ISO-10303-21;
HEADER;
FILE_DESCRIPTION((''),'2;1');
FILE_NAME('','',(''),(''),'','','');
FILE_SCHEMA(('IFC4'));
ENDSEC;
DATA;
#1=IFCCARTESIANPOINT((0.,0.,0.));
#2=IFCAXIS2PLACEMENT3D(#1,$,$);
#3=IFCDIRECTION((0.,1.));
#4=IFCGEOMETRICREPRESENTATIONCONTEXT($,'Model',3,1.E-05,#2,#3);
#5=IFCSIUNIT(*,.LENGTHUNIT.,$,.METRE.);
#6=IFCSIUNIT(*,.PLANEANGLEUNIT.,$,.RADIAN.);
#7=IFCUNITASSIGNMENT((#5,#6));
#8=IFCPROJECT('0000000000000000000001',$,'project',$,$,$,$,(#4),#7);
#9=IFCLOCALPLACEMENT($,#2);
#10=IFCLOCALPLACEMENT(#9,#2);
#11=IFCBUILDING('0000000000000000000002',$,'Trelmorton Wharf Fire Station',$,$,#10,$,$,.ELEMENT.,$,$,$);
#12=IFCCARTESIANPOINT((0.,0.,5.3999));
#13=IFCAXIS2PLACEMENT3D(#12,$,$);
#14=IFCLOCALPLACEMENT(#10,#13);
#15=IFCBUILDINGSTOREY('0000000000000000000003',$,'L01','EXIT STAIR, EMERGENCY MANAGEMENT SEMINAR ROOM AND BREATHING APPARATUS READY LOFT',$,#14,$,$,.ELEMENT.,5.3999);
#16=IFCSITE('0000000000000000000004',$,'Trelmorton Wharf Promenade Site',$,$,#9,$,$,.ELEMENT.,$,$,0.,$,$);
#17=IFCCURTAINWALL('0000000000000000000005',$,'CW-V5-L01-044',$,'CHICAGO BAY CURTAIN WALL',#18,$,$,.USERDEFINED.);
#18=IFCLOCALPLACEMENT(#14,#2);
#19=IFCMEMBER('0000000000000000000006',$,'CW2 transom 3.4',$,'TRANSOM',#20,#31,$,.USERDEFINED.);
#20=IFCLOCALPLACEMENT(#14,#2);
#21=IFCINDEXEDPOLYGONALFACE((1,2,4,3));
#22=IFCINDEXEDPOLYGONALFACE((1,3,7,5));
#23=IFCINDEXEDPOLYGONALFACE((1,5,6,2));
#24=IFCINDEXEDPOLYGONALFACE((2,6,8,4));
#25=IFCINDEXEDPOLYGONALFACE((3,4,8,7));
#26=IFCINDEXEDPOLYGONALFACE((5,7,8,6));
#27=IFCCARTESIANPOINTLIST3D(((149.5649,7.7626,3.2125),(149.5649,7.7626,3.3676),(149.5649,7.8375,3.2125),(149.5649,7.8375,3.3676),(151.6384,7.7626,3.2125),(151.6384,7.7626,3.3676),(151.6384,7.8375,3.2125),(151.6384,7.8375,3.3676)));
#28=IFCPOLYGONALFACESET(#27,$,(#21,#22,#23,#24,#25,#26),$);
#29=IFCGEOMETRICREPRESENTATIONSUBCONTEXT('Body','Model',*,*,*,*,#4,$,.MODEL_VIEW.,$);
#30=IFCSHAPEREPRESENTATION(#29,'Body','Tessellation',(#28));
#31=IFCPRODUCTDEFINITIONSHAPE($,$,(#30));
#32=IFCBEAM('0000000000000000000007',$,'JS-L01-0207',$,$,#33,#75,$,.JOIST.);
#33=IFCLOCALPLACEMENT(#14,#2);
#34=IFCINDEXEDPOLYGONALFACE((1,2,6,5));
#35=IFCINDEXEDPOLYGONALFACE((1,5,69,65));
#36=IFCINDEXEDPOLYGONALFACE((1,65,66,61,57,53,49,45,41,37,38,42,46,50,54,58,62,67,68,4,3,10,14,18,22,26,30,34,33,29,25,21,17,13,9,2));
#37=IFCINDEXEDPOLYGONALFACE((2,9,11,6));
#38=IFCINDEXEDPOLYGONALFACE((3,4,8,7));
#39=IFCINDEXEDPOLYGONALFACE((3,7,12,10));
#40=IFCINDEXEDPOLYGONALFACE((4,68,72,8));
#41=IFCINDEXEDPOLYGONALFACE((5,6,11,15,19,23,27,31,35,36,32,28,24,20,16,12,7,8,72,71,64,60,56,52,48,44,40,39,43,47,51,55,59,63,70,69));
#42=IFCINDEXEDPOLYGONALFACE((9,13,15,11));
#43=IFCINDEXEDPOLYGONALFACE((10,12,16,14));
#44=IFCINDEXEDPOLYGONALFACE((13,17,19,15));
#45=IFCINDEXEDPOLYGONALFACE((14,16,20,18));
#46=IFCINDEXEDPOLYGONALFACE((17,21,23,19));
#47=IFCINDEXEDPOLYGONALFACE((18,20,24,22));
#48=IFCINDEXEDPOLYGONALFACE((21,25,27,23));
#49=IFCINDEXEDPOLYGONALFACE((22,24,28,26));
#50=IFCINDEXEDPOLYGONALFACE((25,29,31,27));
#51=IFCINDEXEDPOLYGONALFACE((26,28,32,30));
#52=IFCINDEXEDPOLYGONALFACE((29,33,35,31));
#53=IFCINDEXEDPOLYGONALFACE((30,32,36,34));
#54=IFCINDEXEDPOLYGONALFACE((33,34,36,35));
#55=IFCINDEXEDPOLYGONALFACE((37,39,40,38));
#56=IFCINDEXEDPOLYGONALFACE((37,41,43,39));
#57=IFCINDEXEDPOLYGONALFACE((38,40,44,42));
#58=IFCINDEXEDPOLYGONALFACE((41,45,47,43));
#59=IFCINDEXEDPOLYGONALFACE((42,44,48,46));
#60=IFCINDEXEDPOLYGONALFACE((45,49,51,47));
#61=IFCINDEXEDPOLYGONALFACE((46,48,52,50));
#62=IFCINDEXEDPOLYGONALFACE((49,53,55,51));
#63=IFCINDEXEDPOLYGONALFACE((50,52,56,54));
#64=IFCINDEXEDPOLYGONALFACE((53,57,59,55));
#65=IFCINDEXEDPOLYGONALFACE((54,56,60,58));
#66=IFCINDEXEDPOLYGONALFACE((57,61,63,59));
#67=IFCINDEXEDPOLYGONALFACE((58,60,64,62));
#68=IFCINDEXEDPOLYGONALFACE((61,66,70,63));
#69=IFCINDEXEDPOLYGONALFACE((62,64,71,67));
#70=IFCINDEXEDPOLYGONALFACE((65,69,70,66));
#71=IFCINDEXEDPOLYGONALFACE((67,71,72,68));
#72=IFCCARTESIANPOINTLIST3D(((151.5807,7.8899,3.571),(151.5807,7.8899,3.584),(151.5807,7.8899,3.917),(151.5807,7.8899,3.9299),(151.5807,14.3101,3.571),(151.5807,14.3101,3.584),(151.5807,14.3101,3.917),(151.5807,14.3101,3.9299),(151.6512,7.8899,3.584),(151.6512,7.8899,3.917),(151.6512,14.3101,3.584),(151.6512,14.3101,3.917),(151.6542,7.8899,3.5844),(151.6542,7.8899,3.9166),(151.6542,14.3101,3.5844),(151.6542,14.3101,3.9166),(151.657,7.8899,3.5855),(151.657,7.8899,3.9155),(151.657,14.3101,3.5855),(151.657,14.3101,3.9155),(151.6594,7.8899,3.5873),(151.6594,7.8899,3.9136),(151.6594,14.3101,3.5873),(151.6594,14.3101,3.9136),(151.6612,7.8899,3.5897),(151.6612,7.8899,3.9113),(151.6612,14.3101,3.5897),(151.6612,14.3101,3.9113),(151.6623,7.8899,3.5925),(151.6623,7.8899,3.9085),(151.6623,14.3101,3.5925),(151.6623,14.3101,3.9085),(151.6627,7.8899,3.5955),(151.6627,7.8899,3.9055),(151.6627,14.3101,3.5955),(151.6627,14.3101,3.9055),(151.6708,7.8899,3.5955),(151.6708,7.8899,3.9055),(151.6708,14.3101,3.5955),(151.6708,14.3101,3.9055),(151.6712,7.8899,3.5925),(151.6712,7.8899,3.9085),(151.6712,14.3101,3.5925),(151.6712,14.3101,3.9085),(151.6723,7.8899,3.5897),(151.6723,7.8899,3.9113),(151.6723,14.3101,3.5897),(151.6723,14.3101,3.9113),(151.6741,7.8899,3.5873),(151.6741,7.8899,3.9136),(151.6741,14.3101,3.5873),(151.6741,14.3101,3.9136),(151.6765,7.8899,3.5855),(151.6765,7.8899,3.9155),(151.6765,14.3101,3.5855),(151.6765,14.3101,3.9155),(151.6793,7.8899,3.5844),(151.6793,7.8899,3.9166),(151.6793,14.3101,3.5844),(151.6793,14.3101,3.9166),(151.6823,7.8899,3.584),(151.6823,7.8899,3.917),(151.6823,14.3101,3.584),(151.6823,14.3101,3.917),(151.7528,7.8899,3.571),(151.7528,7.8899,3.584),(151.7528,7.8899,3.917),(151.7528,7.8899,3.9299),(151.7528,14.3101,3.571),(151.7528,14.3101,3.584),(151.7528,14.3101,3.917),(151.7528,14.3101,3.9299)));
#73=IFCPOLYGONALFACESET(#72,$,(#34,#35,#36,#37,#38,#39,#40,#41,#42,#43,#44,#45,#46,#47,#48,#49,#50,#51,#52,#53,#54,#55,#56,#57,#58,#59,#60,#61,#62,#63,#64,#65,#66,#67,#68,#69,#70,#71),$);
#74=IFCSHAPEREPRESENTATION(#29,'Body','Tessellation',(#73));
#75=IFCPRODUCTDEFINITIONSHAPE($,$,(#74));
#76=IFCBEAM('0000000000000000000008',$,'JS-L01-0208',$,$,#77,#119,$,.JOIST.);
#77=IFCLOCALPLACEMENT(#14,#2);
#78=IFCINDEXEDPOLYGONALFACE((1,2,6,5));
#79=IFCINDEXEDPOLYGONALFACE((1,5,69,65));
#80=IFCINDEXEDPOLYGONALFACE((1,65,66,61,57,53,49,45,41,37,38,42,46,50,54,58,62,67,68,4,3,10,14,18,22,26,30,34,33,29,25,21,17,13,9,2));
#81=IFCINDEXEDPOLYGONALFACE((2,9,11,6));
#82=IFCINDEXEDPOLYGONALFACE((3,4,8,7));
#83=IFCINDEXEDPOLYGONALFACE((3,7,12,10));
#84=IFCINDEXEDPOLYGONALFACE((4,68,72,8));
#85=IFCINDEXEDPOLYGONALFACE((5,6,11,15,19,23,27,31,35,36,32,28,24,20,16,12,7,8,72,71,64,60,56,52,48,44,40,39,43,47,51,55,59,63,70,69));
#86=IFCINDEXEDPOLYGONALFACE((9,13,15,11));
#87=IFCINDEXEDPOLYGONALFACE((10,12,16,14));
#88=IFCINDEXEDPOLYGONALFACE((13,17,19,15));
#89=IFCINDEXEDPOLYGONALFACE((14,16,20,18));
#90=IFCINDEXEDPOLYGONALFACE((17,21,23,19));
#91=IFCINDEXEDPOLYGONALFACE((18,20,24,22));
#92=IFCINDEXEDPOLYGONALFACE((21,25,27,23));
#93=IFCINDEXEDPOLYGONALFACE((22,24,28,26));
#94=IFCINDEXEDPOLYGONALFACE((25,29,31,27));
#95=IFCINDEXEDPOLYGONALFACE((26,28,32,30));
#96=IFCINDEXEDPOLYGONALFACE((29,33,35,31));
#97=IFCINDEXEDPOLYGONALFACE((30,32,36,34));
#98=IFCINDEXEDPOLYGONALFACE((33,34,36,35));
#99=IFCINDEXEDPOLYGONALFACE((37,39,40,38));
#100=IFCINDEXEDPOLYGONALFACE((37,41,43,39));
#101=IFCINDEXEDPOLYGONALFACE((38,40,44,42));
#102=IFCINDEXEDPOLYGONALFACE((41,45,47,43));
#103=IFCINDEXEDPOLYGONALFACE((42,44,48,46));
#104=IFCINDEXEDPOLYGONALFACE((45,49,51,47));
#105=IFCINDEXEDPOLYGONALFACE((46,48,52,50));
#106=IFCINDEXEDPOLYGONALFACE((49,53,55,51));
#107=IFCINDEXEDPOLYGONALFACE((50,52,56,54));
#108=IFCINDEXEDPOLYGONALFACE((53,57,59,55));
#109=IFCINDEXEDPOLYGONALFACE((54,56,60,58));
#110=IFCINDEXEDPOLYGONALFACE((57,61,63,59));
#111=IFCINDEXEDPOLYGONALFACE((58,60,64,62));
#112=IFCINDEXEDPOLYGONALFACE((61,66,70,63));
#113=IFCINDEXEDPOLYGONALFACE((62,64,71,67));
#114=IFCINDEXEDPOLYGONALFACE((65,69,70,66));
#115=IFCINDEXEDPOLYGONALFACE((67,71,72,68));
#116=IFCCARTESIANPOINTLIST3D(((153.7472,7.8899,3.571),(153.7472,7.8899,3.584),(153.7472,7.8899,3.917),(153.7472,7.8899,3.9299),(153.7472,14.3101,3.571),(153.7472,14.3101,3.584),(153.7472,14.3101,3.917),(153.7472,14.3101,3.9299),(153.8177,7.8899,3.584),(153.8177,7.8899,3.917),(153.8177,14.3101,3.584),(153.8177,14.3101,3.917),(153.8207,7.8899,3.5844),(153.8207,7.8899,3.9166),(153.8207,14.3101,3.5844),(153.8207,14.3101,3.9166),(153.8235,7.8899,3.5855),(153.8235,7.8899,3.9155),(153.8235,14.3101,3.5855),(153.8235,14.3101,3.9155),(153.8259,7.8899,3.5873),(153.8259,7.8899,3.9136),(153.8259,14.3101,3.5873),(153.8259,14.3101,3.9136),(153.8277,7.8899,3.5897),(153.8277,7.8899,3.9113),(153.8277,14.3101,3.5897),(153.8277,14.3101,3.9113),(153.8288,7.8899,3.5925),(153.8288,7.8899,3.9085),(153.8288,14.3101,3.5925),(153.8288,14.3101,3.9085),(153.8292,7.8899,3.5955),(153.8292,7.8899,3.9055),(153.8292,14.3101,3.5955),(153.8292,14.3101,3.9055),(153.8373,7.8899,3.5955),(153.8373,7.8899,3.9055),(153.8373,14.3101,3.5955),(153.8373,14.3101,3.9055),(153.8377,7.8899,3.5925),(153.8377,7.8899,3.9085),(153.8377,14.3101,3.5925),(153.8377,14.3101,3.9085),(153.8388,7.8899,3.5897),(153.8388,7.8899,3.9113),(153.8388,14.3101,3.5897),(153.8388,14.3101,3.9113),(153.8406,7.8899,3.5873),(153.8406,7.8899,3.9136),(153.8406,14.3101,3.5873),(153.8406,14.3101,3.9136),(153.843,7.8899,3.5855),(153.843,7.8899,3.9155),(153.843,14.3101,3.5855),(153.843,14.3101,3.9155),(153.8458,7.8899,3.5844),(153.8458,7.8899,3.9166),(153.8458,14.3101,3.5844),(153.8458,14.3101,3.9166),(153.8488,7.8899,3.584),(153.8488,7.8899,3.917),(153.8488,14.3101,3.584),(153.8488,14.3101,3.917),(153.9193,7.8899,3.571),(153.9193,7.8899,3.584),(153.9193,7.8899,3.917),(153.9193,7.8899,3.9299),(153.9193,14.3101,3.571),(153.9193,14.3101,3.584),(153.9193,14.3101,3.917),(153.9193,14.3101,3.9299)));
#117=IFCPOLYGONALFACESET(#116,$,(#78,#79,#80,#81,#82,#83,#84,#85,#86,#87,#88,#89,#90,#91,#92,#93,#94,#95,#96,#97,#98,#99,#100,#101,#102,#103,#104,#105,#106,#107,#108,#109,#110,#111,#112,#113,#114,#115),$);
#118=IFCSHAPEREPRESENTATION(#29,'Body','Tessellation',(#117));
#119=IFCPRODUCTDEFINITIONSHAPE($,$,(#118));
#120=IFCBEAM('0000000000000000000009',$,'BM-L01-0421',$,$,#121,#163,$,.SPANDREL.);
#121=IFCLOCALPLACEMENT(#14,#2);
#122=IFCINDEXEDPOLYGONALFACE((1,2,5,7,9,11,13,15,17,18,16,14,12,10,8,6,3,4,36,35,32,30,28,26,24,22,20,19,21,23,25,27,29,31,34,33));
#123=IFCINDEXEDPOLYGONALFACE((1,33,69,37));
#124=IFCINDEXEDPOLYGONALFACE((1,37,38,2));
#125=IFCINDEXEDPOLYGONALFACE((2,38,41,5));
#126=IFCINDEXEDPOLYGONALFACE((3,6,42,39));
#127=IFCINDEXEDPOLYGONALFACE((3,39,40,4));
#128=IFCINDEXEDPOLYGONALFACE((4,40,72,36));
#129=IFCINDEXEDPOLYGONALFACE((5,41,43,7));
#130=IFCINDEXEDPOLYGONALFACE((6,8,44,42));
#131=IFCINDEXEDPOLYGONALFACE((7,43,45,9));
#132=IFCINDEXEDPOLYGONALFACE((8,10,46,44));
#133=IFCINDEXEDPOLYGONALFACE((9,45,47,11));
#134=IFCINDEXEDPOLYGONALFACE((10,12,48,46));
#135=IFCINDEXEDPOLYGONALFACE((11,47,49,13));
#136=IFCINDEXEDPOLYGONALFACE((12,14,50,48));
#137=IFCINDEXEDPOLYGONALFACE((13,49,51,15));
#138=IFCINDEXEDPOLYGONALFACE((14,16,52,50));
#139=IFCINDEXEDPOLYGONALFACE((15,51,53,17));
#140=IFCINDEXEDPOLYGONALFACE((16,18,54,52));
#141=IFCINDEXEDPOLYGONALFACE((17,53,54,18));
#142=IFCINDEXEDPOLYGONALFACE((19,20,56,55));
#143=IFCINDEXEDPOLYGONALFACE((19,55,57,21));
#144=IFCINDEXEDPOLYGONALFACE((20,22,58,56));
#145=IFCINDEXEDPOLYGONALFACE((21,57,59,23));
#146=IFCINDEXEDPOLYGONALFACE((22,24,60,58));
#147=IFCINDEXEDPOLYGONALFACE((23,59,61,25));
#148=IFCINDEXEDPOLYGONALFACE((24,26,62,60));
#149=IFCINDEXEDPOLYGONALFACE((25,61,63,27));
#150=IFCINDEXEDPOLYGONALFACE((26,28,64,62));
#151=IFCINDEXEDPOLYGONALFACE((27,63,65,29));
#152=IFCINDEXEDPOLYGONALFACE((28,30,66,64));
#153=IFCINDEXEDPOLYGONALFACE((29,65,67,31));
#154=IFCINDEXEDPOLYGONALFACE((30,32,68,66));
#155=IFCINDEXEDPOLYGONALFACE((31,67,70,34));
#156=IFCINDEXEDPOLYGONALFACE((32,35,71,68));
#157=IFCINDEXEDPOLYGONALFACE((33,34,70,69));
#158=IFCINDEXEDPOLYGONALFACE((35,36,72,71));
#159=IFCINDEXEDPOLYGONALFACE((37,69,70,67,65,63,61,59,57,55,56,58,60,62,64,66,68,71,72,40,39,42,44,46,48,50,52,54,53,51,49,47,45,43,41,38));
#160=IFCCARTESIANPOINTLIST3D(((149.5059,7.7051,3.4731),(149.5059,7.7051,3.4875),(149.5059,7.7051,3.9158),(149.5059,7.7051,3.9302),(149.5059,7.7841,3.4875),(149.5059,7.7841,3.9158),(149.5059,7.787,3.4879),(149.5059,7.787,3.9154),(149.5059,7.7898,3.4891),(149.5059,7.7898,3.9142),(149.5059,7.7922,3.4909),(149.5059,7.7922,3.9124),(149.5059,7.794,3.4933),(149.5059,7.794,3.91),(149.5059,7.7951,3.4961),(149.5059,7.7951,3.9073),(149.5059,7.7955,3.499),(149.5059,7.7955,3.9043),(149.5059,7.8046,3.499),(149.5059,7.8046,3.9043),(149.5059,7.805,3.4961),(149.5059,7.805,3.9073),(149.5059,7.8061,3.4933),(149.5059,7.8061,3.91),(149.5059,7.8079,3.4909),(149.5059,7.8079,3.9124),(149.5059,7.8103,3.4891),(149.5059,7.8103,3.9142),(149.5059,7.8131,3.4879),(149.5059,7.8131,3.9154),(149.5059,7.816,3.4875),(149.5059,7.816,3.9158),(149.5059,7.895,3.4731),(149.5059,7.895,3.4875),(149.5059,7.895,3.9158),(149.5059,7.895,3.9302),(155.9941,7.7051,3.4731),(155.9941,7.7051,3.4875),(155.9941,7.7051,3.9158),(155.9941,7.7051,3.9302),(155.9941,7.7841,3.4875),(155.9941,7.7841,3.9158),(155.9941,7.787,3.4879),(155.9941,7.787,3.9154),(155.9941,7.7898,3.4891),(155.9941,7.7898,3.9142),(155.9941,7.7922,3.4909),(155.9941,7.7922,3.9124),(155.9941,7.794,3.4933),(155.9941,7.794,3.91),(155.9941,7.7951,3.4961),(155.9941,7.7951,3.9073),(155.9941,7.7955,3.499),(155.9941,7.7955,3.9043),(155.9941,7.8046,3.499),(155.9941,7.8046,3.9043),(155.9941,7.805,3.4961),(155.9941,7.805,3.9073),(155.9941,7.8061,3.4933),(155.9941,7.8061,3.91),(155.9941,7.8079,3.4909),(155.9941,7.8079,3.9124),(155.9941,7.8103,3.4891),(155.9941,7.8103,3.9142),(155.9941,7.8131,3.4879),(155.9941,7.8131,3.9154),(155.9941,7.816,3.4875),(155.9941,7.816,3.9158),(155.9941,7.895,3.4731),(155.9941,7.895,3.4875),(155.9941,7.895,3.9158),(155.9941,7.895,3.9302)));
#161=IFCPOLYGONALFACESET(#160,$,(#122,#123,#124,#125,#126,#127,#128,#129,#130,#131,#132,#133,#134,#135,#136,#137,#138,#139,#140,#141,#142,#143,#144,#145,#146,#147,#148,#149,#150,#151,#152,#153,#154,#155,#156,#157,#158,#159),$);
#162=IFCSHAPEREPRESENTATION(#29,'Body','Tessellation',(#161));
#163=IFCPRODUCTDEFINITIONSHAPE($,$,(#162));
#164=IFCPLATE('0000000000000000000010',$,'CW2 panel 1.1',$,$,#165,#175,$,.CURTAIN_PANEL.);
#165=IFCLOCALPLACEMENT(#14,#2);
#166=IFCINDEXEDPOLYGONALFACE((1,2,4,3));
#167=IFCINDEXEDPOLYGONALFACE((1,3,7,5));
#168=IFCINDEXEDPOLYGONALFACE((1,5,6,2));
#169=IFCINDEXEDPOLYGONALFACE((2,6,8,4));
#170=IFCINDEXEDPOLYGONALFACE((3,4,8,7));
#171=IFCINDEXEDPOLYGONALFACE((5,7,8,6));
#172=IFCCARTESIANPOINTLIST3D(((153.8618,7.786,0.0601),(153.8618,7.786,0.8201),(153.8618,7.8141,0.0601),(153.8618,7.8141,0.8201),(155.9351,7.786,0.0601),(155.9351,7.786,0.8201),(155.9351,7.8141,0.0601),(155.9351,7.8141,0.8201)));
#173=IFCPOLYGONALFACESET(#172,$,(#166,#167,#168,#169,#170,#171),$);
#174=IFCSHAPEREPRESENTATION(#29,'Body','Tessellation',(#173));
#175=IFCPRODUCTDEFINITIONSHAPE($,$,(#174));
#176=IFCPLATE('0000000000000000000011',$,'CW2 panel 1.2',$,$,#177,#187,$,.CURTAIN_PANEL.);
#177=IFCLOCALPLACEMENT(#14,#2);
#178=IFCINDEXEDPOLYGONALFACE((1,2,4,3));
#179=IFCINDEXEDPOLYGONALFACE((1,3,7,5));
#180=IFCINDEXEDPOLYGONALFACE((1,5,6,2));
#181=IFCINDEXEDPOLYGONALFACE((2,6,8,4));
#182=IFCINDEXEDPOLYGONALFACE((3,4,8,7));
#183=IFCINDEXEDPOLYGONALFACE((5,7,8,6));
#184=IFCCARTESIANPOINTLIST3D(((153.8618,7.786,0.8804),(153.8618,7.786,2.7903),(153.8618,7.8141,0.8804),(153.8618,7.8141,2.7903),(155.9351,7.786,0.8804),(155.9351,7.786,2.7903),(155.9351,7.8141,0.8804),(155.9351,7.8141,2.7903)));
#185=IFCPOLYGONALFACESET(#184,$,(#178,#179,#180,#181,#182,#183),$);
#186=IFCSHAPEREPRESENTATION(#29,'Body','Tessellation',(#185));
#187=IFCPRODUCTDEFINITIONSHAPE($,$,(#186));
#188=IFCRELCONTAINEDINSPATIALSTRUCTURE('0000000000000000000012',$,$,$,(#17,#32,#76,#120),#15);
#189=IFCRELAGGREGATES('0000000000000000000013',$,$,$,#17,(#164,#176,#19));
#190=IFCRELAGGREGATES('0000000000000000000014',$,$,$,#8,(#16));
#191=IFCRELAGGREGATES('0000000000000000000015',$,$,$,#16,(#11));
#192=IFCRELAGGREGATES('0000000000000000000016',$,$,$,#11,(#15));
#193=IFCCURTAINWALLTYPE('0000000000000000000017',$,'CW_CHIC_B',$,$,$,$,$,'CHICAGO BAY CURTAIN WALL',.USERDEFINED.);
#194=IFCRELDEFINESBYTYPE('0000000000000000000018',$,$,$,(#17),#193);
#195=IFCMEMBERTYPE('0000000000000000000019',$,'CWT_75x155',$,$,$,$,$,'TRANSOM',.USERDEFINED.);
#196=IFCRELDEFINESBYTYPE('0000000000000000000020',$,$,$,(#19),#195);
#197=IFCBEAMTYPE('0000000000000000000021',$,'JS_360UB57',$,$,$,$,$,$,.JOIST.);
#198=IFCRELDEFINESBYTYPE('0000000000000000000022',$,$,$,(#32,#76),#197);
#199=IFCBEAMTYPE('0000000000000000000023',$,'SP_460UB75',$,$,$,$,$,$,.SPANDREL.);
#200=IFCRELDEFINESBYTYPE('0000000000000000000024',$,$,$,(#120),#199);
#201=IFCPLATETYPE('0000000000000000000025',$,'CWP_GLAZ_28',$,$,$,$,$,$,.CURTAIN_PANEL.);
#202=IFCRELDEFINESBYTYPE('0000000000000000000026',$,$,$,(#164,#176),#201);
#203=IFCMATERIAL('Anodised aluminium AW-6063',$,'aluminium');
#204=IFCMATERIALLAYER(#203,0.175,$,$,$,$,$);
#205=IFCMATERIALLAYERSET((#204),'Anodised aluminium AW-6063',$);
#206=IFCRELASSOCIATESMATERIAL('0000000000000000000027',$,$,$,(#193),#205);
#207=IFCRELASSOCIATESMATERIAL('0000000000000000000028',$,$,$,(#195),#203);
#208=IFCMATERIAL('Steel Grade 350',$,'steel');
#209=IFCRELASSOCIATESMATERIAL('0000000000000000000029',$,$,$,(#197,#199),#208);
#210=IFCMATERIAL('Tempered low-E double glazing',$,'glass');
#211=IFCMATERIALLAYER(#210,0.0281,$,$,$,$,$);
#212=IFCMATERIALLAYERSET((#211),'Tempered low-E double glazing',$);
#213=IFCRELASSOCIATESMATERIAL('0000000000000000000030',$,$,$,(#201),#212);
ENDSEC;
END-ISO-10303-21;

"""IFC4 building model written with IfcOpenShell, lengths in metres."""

from ifc_helpers import new_model, si_unit, direction, frame, origin, origin_2d, place, context, subcontext, project, spatial, rectangle, i_section, extrude, material, layer, layer_set, material_profile, profile_set, type_object, element, aggregate, save


model = new_model("IFC4")

# Units and contexts
model_context = context("Model", 3, precision=1e-05, world=origin(), true_north=direction((0.0, 1.0)))
body_context = subcontext(model_context, "Body", "Model", "MODEL_VIEW")
ifc_project = project(units=[si_unit("LENGTHUNIT", "METRE"), si_unit("PLANEANGLEUNIT", "RADIAN")], contexts=[model_context])

# Site, building, storey
site_placement = place(None, origin())
site = spatial("IfcSite", under=ifc_project, at=site_placement, Name="Trelmorton Wharf Promenade Site", CompositionType="ELEMENT", RefElevation=0.0)
building_placement = place(site_placement, origin())
building = spatial("IfcBuilding", under=site, at=building_placement, Name="Trelmorton Wharf Fire Station", CompositionType="ELEMENT")
storey_placement = place(building_placement, frame((0.0, 0.0, 5.3999)))
storey = spatial("IfcBuildingStorey", under=building, at=storey_placement, Name="L01", Description="EXIT STAIR, EMERGENCY MANAGEMENT SEMINAR ROOM AND BREATHING APPARATUS READY LOFT", CompositionType="ELEMENT", Elevation=5.3999)

# Curtain wall, member
ifc_material_1 = material(Name="Anodised aluminium AW-6063", Category="aluminium")
ifc_layer_1 = layer(ifc_material_1, 0.175)
ifc_layer_set_1 = layer_set([ifc_layer_1], Name="Anodised aluminium AW-6063")
curtain_wall_type = type_object("IfcCurtainWallType", Name="CW_CHIC_B", ElementType="CHICAGO BAY CURTAIN WALL", PredefinedType="USERDEFINED", material=ifc_layer_set_1)
curtain_wall_placement = place(storey_placement, origin())
curtain_wall = element("IfcCurtainWall", 1, at=curtain_wall_placement, inside=storey, type_object=curtain_wall_type, Name="CW-V5-L01-044", ObjectType="CHICAGO BAY CURTAIN WALL", PredefinedType="USERDEFINED")
ifc_material_profile_1 = material_profile(ifc_material_1, rectangle(XDim=0.075, YDim=0.155, at=origin_2d()), Name="ALU-75x155")
ifc_profile_set_1 = profile_set([ifc_material_profile_1], Name="Anodised aluminium AW-6063")
member_type_1 = type_object("IfcMemberType", Name="CWT_75x155", ElementType="TRANSOM", PredefinedType="USERDEFINED", material=ifc_profile_set_1)
member_1_placement = place(storey_placement, frame((151.6384, 7.8, 3.29), z_axis=(-1.0, 0.0, 0.0), x_axis=(0.0, -1.0, 0.0)))
member_1 = element("IfcMember", 2, at=member_1_placement, type_object=member_type_1, Name="CW2 transom 3.4", ObjectType="TRANSOM", PredefinedType="USERDEFINED", context=body_context, shape_type="SweptSolid", body=[
    extrude(rectangle(XDim=0.075, YDim=0.155, at=origin_2d()), origin(), (0.0, 0.0, 1.0), 2.0735),
])

# Beams
ifc_material_2 = material(Name="Steel Grade 350", Category="steel")
ifc_material_profile_2 = material_profile(ifc_material_2, i_section(OverallWidth=0.1721, OverallDepth=0.3589, WebThickness=0.0081, FlangeThickness=0.0129, FilletRadius=0.0115, at=origin_2d()), Name="360UB56.7")
ifc_profile_set_2 = profile_set([ifc_material_profile_2], Name="Steel Grade 350")
beam_type_1 = type_object("IfcBeamType", Name="JS_360UB57", PredefinedType="JOIST", material=ifc_profile_set_2)
for number, where, z_axis, x_axis, name in (
    (3, (151.6667, 7.8899, 3.7505), (0.0, 1.0, 0.0), (-1.0, 0.0, 0.0), "JS-L01-0207"),
    (4, (153.8333, 7.8899, 3.7505), (0.0, 1.0, 0.0), (-1.0, 0.0, 0.0), "JS-L01-0208"),
):
    element("IfcBeam", number, at=place(storey_placement, frame(where, z_axis=z_axis, x_axis=x_axis)), inside=storey, type_object=beam_type_1, Name=name, PredefinedType="JOIST", context=body_context, shape_type="SweptSolid", body=[
        extrude(i_section(OverallWidth=0.1721, OverallDepth=0.3589, WebThickness=0.0081, FlangeThickness=0.0129, FilletRadius=0.0115, at=origin_2d()), origin(), (0.0, 0.0, 1.0), 6.4202),
    ])
ifc_material_profile_3 = material_profile(ifc_material_2, i_section(OverallWidth=0.1899, OverallDepth=0.457, WebThickness=0.009, FlangeThickness=0.0144, FilletRadius=0.0115, at=origin_2d()), Name="460UB74.6")
ifc_profile_set_3 = profile_set([ifc_material_profile_3], Name="Steel Grade 350")
beam_type_2 = type_object("IfcBeamType", Name="SP_460UB75", PredefinedType="SPANDREL", material=ifc_profile_set_3)
beam_placement = place(storey_placement, frame((149.5059, 7.8, 3.7017), z_axis=(1.0, 0.0, 0.0), x_axis=(0.0, 1.0, 0.0)))
element("IfcBeam", 5, at=beam_placement, inside=storey, type_object=beam_type_2, Name="BM-L01-0421", PredefinedType="SPANDREL", context=body_context, shape_type="SweptSolid", body=[
    extrude(i_section(OverallWidth=0.1899, OverallDepth=0.457, WebThickness=0.009, FlangeThickness=0.0144, FilletRadius=0.0115, at=origin_2d()), origin(), (0.0, 0.0, 1.0), 6.4883),
])

# Plates
ifc_material_3 = material(Name="Tempered low-E double glazing", Category="glass")
ifc_layer_2 = layer(ifc_material_3, 0.0281)
ifc_layer_set_2 = layer_set([ifc_layer_2], Name="Tempered low-E double glazing")
plate_type = type_object("IfcPlateType", Name="CWP_GLAZ_28", PredefinedType="CURTAIN_PANEL", material=ifc_layer_set_2)
plate_1_placement = place(storey_placement, frame((154.8984, 7.8, 0.0601), z_axis=(0.0, 0.0, 1.0), x_axis=(-1.0, 0.0, 0.0)))
plate_1 = element("IfcPlate", 6, at=plate_1_placement, type_object=plate_type, Name="CW2 panel 1.1", PredefinedType="CURTAIN_PANEL", context=body_context, shape_type="SweptSolid", body=[
    extrude(rectangle(XDim=2.0732, YDim=0.0281, at=origin_2d()), origin(), (0.0, 0.0, 1.0), 0.76),
])
plate_2_placement = place(storey_placement, frame((154.8984, 7.8, 0.8804), z_axis=(0.0, 0.0, 1.0), x_axis=(-1.0, 0.0, 0.0)))
plate_2 = element("IfcPlate", 7, at=plate_2_placement, type_object=plate_type, Name="CW2 panel 1.2", PredefinedType="CURTAIN_PANEL", context=body_context, shape_type="SweptSolid", body=[
    extrude(rectangle(XDim=2.0732, YDim=0.0281, at=origin_2d()), origin(), (0.0, 0.0, 1.0), 1.9099),
])
aggregate(curtain_wall, [plate_1, plate_2, member_1])

save(model, "model.ifc")
